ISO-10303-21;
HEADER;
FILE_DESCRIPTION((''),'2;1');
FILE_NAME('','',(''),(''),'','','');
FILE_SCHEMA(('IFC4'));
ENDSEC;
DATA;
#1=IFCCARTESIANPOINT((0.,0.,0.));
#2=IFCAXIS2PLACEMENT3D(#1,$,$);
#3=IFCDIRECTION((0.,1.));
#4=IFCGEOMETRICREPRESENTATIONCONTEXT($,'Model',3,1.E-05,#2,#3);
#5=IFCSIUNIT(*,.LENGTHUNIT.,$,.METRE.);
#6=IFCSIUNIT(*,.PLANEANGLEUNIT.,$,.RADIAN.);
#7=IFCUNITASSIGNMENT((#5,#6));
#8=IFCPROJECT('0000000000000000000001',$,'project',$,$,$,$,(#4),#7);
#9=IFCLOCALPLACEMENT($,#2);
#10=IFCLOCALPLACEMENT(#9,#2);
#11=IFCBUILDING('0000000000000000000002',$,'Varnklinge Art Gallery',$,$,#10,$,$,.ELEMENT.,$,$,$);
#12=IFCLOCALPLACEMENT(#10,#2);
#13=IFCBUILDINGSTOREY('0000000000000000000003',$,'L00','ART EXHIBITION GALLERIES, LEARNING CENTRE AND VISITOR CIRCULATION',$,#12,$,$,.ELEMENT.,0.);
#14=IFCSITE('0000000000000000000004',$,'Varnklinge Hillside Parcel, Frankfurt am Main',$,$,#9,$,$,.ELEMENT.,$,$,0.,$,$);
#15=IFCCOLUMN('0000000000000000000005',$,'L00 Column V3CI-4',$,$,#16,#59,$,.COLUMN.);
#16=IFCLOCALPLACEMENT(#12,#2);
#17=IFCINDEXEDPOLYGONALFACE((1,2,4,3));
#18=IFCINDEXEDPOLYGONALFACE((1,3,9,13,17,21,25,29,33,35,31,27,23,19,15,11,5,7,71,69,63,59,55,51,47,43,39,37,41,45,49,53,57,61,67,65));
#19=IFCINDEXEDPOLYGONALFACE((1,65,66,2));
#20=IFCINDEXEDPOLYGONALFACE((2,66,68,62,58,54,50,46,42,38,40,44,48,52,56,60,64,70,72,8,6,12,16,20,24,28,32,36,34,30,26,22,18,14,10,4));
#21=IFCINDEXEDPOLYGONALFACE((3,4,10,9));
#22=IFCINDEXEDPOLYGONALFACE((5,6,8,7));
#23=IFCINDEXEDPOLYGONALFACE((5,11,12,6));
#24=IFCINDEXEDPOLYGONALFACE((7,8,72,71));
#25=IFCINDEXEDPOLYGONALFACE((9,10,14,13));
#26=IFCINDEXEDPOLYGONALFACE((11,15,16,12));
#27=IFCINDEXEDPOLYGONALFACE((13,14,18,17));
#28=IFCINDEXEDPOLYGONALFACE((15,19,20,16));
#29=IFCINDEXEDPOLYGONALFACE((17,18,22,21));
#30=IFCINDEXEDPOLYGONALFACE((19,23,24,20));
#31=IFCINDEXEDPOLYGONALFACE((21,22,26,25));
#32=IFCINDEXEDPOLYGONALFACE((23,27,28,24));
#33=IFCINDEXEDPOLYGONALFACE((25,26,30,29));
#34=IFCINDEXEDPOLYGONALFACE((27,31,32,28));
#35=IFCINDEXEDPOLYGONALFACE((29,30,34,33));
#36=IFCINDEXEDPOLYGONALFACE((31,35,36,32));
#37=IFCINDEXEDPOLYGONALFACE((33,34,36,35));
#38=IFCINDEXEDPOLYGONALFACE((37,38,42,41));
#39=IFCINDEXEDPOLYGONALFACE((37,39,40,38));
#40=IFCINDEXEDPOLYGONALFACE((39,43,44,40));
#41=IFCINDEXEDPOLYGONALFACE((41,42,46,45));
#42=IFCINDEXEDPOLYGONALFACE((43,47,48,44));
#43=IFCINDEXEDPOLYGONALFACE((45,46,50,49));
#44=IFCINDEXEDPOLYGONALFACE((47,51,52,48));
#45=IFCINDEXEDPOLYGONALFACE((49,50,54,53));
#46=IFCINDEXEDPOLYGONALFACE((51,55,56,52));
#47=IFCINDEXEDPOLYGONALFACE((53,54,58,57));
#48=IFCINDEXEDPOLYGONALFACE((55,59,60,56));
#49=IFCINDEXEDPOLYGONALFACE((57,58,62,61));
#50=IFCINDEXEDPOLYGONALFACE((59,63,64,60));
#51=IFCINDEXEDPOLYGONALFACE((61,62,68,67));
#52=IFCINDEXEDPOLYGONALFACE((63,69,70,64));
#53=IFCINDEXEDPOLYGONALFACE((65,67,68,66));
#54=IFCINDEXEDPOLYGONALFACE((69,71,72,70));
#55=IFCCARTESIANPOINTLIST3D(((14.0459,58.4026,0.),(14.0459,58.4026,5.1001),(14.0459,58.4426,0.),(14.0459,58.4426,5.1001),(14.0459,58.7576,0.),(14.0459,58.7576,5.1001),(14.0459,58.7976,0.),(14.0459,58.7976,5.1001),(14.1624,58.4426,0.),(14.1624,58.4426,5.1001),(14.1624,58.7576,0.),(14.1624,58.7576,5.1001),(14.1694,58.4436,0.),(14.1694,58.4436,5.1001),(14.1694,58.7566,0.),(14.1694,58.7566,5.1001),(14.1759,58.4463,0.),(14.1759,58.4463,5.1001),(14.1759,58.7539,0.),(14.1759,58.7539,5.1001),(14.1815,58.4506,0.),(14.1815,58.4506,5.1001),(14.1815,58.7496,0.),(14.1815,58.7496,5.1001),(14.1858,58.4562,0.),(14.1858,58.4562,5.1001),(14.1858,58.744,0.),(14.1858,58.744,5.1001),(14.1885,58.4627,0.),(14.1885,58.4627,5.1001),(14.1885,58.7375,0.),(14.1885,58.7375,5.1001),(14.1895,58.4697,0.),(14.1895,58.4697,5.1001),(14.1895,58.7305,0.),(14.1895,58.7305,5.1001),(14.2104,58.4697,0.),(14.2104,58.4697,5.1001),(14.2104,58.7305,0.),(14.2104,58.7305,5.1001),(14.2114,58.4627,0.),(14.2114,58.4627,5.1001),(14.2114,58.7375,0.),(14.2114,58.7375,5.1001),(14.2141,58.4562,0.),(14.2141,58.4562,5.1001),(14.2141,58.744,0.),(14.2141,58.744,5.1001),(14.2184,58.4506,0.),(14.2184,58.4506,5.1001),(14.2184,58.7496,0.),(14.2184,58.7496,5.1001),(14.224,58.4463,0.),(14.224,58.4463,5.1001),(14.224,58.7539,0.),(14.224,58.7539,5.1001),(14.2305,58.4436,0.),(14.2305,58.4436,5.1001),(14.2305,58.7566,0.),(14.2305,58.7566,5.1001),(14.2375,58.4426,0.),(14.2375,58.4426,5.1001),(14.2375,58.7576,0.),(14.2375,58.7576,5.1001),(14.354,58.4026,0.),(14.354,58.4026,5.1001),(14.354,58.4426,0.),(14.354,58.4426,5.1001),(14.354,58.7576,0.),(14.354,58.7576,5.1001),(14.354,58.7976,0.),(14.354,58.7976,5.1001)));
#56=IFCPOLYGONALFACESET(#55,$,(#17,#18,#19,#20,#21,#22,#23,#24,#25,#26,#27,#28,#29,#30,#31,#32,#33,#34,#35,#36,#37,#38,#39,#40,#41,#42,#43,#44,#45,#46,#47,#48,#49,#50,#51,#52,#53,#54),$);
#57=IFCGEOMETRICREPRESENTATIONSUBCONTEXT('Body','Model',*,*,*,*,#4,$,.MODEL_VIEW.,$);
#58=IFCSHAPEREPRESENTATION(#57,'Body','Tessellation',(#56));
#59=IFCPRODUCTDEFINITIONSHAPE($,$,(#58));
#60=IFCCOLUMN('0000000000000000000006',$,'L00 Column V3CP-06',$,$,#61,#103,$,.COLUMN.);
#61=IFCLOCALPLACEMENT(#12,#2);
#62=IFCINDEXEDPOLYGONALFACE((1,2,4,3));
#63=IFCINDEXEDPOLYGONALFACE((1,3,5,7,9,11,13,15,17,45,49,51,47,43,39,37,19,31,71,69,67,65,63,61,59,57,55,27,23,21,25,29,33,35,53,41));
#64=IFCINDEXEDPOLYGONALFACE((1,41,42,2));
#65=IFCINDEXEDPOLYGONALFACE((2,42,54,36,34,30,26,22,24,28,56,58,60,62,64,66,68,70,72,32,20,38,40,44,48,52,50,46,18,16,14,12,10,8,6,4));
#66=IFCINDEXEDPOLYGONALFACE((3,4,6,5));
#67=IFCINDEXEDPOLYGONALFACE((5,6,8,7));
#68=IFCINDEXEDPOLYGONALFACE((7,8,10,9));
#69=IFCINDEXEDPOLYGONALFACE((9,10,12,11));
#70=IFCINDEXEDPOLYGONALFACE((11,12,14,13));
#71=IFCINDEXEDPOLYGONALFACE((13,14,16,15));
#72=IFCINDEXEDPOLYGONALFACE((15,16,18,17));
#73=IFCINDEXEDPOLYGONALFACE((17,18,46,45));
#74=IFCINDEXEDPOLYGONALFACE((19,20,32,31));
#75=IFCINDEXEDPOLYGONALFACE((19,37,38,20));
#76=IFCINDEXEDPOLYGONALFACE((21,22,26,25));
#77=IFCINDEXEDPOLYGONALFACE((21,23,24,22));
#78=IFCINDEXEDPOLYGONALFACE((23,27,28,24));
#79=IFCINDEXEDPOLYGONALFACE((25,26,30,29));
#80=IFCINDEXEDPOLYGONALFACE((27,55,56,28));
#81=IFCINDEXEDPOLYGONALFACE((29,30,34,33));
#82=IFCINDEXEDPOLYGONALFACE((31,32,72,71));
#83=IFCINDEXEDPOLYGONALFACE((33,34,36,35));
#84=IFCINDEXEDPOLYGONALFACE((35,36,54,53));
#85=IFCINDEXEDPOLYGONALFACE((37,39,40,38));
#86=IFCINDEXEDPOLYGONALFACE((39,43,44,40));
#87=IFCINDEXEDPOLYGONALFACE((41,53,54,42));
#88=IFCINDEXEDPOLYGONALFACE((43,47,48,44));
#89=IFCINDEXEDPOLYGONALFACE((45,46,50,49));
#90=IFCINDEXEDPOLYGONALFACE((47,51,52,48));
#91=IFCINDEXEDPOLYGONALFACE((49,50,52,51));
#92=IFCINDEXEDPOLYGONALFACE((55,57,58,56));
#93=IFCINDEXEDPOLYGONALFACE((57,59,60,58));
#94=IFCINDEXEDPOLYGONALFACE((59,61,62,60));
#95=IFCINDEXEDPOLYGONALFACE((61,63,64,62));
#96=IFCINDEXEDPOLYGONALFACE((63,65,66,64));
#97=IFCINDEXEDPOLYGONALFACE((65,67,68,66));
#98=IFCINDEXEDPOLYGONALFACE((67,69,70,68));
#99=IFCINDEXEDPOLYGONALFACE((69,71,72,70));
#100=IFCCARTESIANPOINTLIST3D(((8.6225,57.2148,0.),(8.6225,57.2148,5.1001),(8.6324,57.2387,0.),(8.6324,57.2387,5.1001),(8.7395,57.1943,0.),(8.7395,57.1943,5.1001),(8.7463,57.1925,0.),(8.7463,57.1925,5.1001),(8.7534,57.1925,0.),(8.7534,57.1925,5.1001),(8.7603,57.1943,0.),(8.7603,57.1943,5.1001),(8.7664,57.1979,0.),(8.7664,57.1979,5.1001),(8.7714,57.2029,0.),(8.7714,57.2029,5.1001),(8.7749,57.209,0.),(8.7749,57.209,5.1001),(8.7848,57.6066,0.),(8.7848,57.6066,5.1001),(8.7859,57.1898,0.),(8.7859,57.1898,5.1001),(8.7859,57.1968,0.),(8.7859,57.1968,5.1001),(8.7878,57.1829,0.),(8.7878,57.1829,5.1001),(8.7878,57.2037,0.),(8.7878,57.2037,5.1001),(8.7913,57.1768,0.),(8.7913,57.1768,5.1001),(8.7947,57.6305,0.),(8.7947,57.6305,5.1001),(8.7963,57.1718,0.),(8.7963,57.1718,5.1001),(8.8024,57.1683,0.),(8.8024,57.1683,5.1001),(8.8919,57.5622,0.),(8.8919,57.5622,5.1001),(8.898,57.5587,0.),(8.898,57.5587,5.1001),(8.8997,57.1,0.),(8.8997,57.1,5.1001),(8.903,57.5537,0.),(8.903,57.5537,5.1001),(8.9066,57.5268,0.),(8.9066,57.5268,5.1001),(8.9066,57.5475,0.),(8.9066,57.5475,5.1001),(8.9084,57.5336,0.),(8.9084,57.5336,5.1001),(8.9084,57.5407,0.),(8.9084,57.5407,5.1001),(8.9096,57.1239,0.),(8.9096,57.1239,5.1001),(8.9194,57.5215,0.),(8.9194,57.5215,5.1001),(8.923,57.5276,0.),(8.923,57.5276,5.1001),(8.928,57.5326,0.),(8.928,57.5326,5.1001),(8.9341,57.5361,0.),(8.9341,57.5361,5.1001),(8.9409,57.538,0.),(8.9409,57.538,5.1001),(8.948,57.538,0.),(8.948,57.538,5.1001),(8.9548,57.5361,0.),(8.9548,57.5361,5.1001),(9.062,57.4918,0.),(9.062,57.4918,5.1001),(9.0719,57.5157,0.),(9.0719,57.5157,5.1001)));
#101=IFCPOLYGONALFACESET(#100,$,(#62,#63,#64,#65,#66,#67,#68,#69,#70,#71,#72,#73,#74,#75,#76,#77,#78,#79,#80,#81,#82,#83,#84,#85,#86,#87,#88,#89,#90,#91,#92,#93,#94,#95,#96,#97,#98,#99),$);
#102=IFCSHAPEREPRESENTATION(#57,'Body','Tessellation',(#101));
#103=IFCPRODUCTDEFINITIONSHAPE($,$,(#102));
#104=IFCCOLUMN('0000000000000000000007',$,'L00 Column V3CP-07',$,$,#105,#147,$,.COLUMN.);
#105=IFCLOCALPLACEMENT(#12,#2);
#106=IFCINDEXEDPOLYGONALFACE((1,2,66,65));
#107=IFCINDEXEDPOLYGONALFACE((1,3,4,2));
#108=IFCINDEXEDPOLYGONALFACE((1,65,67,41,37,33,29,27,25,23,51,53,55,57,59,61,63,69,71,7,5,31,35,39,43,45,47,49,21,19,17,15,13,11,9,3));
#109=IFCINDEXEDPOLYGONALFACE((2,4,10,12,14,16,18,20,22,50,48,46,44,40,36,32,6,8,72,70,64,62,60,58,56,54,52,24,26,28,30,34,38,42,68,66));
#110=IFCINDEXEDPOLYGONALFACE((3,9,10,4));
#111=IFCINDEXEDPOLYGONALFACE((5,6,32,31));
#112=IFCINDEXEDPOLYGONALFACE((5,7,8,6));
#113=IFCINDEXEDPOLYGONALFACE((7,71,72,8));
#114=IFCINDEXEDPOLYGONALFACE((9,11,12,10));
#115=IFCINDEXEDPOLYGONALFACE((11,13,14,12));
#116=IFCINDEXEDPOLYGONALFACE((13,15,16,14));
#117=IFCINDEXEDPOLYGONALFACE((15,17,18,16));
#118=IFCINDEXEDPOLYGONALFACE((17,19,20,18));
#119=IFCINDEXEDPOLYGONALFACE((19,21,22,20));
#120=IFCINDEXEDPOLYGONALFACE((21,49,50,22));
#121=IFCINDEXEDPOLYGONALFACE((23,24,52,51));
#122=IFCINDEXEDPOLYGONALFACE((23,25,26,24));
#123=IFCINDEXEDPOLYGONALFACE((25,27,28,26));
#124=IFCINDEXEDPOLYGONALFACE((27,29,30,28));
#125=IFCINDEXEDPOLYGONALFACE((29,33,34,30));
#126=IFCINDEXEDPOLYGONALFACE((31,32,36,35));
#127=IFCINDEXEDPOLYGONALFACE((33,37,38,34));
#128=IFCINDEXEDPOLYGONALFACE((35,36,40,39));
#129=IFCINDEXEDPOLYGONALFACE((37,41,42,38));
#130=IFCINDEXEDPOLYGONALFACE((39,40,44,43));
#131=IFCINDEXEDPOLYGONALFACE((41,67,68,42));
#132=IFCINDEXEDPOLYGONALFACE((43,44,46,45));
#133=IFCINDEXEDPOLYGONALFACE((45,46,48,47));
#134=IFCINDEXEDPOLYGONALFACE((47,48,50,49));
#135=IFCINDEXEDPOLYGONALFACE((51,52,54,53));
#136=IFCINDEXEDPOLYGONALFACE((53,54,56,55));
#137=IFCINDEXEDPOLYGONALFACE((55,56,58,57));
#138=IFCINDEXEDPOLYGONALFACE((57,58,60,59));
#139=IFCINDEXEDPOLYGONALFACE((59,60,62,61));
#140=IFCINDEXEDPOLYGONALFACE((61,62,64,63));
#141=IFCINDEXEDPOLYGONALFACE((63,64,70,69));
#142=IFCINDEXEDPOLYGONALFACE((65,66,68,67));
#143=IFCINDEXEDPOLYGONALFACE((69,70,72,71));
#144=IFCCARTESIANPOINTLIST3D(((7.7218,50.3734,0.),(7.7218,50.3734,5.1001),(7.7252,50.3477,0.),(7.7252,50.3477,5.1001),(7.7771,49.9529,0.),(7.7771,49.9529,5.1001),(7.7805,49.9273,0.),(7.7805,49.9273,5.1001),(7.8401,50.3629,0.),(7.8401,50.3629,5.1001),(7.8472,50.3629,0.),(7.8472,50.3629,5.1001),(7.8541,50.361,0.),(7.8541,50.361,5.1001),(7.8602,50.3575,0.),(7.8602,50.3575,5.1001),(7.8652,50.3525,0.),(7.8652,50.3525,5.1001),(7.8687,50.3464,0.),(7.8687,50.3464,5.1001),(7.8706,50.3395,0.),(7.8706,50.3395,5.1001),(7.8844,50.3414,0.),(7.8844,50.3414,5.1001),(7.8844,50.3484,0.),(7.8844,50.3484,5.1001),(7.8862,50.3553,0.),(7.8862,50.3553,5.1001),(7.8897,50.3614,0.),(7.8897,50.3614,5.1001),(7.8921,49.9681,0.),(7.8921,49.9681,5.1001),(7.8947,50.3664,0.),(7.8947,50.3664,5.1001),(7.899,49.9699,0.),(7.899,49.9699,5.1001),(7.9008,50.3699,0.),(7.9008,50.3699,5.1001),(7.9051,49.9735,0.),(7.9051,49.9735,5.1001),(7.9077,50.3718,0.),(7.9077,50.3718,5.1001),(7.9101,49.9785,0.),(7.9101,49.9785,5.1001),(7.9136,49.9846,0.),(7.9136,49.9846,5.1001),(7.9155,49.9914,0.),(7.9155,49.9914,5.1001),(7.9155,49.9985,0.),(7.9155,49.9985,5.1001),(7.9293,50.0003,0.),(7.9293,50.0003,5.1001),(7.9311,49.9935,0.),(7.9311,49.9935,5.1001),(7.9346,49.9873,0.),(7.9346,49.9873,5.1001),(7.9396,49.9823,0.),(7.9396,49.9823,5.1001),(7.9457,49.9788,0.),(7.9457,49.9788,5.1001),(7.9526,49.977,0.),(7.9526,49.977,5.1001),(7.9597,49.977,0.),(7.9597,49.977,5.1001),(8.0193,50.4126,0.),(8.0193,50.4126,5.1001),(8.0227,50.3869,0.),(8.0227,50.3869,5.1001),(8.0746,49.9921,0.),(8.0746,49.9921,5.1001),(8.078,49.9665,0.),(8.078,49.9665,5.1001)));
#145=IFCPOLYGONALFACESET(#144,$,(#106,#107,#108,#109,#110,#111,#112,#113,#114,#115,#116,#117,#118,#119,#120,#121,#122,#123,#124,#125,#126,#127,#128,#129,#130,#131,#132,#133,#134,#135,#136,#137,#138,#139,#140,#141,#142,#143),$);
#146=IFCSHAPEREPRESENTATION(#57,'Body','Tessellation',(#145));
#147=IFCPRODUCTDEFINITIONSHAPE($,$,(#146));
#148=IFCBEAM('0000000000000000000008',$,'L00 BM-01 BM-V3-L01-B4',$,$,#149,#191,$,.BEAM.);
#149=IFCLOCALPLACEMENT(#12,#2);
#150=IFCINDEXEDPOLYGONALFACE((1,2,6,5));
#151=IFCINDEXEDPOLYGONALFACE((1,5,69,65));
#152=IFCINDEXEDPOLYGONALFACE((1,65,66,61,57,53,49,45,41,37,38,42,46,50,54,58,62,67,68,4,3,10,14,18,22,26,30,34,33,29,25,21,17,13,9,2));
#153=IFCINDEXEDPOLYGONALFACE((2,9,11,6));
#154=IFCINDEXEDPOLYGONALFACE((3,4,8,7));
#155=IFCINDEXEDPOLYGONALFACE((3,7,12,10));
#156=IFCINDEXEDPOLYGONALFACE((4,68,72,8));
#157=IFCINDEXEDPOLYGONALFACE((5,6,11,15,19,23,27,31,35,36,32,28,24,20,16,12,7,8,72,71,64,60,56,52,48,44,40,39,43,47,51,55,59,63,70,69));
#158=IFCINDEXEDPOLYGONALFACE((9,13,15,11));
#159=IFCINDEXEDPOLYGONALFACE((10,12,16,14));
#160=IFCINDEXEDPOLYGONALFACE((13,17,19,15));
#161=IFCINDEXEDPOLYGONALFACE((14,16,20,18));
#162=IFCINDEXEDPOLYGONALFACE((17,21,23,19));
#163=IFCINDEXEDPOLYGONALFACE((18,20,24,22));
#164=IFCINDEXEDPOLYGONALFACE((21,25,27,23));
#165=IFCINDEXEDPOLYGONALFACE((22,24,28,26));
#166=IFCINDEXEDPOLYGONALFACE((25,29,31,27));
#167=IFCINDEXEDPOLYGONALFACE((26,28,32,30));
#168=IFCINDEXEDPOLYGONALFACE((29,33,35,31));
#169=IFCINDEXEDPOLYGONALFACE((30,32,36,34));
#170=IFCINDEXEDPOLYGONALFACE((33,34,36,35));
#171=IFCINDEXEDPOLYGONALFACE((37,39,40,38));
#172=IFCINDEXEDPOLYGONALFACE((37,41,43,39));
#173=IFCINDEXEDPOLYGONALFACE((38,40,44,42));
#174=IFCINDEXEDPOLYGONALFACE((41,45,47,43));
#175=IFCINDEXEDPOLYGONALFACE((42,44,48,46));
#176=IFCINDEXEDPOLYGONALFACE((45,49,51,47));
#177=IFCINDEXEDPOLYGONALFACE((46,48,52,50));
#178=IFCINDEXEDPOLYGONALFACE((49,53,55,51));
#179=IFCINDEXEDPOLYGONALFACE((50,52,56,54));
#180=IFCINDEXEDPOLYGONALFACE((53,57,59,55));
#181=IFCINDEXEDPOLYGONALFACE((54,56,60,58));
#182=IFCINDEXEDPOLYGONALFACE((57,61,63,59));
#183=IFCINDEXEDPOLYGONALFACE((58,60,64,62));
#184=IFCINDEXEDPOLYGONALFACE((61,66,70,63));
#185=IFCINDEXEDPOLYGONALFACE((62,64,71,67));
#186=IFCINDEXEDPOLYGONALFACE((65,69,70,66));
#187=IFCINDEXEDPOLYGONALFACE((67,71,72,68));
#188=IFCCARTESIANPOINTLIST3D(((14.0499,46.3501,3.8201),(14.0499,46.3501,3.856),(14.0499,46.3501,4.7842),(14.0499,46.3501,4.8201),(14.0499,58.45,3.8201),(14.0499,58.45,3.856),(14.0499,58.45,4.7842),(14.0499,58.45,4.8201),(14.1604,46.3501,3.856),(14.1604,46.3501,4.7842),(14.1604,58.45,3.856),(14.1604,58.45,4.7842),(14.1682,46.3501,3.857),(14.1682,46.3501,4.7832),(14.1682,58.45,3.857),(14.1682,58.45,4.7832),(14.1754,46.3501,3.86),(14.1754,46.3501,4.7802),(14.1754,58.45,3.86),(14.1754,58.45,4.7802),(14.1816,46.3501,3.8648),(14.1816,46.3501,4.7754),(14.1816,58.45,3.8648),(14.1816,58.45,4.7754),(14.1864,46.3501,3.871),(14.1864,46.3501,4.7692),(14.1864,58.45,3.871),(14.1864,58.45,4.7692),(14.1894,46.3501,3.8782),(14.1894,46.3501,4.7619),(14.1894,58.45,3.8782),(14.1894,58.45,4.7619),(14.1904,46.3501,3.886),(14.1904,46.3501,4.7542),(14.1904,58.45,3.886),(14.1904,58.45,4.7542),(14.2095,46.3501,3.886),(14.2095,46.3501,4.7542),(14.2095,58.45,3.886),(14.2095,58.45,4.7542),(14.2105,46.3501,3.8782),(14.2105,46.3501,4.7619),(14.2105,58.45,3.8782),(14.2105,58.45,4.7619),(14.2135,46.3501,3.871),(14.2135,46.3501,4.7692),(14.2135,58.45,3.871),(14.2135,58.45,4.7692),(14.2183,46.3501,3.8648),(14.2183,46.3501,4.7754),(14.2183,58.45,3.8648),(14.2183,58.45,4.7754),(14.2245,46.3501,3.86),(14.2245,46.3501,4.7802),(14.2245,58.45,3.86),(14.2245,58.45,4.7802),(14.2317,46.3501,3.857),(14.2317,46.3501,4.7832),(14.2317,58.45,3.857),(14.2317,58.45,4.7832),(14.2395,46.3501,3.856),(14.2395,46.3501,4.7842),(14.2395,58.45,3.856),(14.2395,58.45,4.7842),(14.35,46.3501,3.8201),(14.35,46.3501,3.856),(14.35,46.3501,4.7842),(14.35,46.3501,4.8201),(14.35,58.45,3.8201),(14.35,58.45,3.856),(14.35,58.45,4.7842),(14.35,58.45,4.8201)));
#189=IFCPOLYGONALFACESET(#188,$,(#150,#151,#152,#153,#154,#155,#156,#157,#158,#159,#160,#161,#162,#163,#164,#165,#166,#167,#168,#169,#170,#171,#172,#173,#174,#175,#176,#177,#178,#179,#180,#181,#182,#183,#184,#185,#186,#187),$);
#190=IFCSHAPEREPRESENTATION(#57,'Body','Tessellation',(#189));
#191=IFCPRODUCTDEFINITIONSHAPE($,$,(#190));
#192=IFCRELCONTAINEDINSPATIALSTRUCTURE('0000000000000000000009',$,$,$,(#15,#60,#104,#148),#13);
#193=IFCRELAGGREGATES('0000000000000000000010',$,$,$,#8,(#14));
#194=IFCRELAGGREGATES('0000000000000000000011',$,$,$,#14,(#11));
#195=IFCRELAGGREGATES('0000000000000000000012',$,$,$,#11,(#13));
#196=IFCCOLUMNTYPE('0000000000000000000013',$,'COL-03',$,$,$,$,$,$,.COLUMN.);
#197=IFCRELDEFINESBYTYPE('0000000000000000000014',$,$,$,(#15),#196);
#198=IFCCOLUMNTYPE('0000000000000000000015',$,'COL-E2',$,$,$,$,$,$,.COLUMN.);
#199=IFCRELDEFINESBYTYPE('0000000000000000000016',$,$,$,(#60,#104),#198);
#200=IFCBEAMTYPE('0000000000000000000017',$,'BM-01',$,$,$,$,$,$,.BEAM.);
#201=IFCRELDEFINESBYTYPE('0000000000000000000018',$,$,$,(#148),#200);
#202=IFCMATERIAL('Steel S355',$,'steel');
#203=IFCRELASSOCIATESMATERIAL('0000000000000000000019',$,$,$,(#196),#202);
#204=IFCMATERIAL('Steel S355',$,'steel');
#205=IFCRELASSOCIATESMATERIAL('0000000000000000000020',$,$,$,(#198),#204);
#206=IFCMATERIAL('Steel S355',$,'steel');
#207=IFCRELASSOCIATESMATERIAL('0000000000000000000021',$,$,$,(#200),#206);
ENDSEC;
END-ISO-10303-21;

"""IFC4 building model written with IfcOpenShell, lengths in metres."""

from ifc_helpers import new_model, si_unit, direction, frame, origin, origin_2d, place, context, subcontext, project, spatial, i_section, extrude, material, material_profile, profile_set, type_object, element, save


model = new_model("IFC4")

# Units and contexts
model_context = context("Model", 3, precision=1e-05, world=origin(), true_north=direction((0.0, 1.0)))
body_context = subcontext(model_context, "Body", "Model", "MODEL_VIEW")
ifc_project = project(units=[si_unit("LENGTHUNIT", "METRE"), si_unit("PLANEANGLEUNIT", "RADIAN")], contexts=[model_context])

# Site, building, storey
site_placement = place(None, origin())
site = spatial("IfcSite", under=ifc_project, at=site_placement, Name="Varnklinge Hillside Parcel, Frankfurt am Main", CompositionType="ELEMENT", RefElevation=0.0)
building_placement = place(site_placement, origin())
building = spatial("IfcBuilding", under=site, at=building_placement, Name="Varnklinge Art Gallery", CompositionType="ELEMENT")
storey_placement = place(building_placement, origin())
storey = spatial("IfcBuildingStorey", under=building, at=storey_placement, Name="L00", Description="ART EXHIBITION GALLERIES, LEARNING CENTRE AND VISITOR CIRCULATION", CompositionType="ELEMENT", Elevation=0.0)

# Columns
ifc_material_1 = material(Name="Steel S355", Category="steel")
ifc_material_profile_1 = material_profile(ifc_material_1, i_section(OverallWidth=0.3081, OverallDepth=0.395, WebThickness=0.021, FlangeThickness=0.04, FilletRadius=0.0271, at=origin_2d()), Name="HEM 360")
ifc_profile_set_1 = profile_set([ifc_material_profile_1], Name="Steel S355")
column_type_1 = type_object("IfcColumnType", Name="COL-03", PredefinedType="COLUMN", material=ifc_profile_set_1)
column_placement = place(storey_placement, frame((14.2, 58.6001, 0.0), z_axis=(0.0, 0.0, 1.0), x_axis=(1.0, 0.0, 0.0)))
element("IfcColumn", 1, at=column_placement, inside=storey, type_object=column_type_1, Name="L00 Column V3CI-4", PredefinedType="COLUMN", context=body_context, shape_type="SweptSolid", body=[
    extrude(i_section(OverallWidth=0.3081, OverallDepth=0.395, WebThickness=0.021, FlangeThickness=0.04, FilletRadius=0.0271, at=origin_2d()), origin(), (0.0, 0.0, 1.0), 5.1001),
])
ifc_material_2 = material(Name="Steel S355", Category="steel")
ifc_material_profile_2 = material_profile(ifc_material_2, i_section(OverallWidth=0.3, OverallDepth=0.45, WebThickness=0.0139, FlangeThickness=0.0259, FilletRadius=0.0271, at=origin_2d()), Name="HEB 450")
ifc_profile_set_2 = profile_set([ifc_material_profile_2], Name="Steel S355")
column_type_2 = type_object("IfcColumnType", Name="COL-E2", PredefinedType="COLUMN", material=ifc_profile_set_2)
for number, where, z_axis, x_axis, name in (
    (2, (8.8472, 57.3652, 0.0), (0.0, 0.0, 1.0), (-0.92388, 0.382683, 0.0), "L00 Column V3CP-06"),
    (3, (7.8999, 50.1699, 0.0), (0.0, 0.0, 1.0), (-0.991445, -0.130526, 0.0), "L00 Column V3CP-07"),
):
    element("IfcColumn", number, at=place(storey_placement, frame(where, z_axis=z_axis, x_axis=x_axis)), inside=storey, type_object=column_type_2, Name=name, PredefinedType="COLUMN", context=body_context, shape_type="SweptSolid", body=[
        extrude(i_section(OverallWidth=0.3, OverallDepth=0.45, WebThickness=0.0139, FlangeThickness=0.0259, FilletRadius=0.0271, at=origin_2d()), origin(), (0.0, 0.0, 1.0), 5.1001),
    ])

# Beam
ifc_material_3 = material(Name="Steel S355", Category="steel")
ifc_material_profile_3 = material_profile(ifc_material_3, i_section(OverallWidth=0.3, OverallDepth=1.0, WebThickness=0.019, FlangeThickness=0.0359, FilletRadius=0.03, at=origin_2d()), Name="HEB 1000")
ifc_profile_set_3 = profile_set([ifc_material_profile_3], Name="Steel S355")
beam_type_1 = type_object("IfcBeamType", Name="BM-01", PredefinedType="BEAM", material=ifc_profile_set_3)
beam_1_placement = place(storey_placement, frame((14.2, 58.45, 4.3201), z_axis=(0.0, -1.0, 0.0), x_axis=(1.0, 0.0, 0.0)))
element("IfcBeam", 4, at=beam_1_placement, inside=storey, type_object=beam_type_1, Name="L00 BM-01 BM-V3-L01-B4", PredefinedType="BEAM", context=body_context, shape_type="SweptSolid", body=[
    extrude(i_section(OverallWidth=0.3, OverallDepth=1.0, WebThickness=0.019, FlangeThickness=0.0359, FilletRadius=0.03, at=origin_2d()), origin(), (0.0, 0.0, 1.0), 12.0999),
])

save(model, "model.ifc")
